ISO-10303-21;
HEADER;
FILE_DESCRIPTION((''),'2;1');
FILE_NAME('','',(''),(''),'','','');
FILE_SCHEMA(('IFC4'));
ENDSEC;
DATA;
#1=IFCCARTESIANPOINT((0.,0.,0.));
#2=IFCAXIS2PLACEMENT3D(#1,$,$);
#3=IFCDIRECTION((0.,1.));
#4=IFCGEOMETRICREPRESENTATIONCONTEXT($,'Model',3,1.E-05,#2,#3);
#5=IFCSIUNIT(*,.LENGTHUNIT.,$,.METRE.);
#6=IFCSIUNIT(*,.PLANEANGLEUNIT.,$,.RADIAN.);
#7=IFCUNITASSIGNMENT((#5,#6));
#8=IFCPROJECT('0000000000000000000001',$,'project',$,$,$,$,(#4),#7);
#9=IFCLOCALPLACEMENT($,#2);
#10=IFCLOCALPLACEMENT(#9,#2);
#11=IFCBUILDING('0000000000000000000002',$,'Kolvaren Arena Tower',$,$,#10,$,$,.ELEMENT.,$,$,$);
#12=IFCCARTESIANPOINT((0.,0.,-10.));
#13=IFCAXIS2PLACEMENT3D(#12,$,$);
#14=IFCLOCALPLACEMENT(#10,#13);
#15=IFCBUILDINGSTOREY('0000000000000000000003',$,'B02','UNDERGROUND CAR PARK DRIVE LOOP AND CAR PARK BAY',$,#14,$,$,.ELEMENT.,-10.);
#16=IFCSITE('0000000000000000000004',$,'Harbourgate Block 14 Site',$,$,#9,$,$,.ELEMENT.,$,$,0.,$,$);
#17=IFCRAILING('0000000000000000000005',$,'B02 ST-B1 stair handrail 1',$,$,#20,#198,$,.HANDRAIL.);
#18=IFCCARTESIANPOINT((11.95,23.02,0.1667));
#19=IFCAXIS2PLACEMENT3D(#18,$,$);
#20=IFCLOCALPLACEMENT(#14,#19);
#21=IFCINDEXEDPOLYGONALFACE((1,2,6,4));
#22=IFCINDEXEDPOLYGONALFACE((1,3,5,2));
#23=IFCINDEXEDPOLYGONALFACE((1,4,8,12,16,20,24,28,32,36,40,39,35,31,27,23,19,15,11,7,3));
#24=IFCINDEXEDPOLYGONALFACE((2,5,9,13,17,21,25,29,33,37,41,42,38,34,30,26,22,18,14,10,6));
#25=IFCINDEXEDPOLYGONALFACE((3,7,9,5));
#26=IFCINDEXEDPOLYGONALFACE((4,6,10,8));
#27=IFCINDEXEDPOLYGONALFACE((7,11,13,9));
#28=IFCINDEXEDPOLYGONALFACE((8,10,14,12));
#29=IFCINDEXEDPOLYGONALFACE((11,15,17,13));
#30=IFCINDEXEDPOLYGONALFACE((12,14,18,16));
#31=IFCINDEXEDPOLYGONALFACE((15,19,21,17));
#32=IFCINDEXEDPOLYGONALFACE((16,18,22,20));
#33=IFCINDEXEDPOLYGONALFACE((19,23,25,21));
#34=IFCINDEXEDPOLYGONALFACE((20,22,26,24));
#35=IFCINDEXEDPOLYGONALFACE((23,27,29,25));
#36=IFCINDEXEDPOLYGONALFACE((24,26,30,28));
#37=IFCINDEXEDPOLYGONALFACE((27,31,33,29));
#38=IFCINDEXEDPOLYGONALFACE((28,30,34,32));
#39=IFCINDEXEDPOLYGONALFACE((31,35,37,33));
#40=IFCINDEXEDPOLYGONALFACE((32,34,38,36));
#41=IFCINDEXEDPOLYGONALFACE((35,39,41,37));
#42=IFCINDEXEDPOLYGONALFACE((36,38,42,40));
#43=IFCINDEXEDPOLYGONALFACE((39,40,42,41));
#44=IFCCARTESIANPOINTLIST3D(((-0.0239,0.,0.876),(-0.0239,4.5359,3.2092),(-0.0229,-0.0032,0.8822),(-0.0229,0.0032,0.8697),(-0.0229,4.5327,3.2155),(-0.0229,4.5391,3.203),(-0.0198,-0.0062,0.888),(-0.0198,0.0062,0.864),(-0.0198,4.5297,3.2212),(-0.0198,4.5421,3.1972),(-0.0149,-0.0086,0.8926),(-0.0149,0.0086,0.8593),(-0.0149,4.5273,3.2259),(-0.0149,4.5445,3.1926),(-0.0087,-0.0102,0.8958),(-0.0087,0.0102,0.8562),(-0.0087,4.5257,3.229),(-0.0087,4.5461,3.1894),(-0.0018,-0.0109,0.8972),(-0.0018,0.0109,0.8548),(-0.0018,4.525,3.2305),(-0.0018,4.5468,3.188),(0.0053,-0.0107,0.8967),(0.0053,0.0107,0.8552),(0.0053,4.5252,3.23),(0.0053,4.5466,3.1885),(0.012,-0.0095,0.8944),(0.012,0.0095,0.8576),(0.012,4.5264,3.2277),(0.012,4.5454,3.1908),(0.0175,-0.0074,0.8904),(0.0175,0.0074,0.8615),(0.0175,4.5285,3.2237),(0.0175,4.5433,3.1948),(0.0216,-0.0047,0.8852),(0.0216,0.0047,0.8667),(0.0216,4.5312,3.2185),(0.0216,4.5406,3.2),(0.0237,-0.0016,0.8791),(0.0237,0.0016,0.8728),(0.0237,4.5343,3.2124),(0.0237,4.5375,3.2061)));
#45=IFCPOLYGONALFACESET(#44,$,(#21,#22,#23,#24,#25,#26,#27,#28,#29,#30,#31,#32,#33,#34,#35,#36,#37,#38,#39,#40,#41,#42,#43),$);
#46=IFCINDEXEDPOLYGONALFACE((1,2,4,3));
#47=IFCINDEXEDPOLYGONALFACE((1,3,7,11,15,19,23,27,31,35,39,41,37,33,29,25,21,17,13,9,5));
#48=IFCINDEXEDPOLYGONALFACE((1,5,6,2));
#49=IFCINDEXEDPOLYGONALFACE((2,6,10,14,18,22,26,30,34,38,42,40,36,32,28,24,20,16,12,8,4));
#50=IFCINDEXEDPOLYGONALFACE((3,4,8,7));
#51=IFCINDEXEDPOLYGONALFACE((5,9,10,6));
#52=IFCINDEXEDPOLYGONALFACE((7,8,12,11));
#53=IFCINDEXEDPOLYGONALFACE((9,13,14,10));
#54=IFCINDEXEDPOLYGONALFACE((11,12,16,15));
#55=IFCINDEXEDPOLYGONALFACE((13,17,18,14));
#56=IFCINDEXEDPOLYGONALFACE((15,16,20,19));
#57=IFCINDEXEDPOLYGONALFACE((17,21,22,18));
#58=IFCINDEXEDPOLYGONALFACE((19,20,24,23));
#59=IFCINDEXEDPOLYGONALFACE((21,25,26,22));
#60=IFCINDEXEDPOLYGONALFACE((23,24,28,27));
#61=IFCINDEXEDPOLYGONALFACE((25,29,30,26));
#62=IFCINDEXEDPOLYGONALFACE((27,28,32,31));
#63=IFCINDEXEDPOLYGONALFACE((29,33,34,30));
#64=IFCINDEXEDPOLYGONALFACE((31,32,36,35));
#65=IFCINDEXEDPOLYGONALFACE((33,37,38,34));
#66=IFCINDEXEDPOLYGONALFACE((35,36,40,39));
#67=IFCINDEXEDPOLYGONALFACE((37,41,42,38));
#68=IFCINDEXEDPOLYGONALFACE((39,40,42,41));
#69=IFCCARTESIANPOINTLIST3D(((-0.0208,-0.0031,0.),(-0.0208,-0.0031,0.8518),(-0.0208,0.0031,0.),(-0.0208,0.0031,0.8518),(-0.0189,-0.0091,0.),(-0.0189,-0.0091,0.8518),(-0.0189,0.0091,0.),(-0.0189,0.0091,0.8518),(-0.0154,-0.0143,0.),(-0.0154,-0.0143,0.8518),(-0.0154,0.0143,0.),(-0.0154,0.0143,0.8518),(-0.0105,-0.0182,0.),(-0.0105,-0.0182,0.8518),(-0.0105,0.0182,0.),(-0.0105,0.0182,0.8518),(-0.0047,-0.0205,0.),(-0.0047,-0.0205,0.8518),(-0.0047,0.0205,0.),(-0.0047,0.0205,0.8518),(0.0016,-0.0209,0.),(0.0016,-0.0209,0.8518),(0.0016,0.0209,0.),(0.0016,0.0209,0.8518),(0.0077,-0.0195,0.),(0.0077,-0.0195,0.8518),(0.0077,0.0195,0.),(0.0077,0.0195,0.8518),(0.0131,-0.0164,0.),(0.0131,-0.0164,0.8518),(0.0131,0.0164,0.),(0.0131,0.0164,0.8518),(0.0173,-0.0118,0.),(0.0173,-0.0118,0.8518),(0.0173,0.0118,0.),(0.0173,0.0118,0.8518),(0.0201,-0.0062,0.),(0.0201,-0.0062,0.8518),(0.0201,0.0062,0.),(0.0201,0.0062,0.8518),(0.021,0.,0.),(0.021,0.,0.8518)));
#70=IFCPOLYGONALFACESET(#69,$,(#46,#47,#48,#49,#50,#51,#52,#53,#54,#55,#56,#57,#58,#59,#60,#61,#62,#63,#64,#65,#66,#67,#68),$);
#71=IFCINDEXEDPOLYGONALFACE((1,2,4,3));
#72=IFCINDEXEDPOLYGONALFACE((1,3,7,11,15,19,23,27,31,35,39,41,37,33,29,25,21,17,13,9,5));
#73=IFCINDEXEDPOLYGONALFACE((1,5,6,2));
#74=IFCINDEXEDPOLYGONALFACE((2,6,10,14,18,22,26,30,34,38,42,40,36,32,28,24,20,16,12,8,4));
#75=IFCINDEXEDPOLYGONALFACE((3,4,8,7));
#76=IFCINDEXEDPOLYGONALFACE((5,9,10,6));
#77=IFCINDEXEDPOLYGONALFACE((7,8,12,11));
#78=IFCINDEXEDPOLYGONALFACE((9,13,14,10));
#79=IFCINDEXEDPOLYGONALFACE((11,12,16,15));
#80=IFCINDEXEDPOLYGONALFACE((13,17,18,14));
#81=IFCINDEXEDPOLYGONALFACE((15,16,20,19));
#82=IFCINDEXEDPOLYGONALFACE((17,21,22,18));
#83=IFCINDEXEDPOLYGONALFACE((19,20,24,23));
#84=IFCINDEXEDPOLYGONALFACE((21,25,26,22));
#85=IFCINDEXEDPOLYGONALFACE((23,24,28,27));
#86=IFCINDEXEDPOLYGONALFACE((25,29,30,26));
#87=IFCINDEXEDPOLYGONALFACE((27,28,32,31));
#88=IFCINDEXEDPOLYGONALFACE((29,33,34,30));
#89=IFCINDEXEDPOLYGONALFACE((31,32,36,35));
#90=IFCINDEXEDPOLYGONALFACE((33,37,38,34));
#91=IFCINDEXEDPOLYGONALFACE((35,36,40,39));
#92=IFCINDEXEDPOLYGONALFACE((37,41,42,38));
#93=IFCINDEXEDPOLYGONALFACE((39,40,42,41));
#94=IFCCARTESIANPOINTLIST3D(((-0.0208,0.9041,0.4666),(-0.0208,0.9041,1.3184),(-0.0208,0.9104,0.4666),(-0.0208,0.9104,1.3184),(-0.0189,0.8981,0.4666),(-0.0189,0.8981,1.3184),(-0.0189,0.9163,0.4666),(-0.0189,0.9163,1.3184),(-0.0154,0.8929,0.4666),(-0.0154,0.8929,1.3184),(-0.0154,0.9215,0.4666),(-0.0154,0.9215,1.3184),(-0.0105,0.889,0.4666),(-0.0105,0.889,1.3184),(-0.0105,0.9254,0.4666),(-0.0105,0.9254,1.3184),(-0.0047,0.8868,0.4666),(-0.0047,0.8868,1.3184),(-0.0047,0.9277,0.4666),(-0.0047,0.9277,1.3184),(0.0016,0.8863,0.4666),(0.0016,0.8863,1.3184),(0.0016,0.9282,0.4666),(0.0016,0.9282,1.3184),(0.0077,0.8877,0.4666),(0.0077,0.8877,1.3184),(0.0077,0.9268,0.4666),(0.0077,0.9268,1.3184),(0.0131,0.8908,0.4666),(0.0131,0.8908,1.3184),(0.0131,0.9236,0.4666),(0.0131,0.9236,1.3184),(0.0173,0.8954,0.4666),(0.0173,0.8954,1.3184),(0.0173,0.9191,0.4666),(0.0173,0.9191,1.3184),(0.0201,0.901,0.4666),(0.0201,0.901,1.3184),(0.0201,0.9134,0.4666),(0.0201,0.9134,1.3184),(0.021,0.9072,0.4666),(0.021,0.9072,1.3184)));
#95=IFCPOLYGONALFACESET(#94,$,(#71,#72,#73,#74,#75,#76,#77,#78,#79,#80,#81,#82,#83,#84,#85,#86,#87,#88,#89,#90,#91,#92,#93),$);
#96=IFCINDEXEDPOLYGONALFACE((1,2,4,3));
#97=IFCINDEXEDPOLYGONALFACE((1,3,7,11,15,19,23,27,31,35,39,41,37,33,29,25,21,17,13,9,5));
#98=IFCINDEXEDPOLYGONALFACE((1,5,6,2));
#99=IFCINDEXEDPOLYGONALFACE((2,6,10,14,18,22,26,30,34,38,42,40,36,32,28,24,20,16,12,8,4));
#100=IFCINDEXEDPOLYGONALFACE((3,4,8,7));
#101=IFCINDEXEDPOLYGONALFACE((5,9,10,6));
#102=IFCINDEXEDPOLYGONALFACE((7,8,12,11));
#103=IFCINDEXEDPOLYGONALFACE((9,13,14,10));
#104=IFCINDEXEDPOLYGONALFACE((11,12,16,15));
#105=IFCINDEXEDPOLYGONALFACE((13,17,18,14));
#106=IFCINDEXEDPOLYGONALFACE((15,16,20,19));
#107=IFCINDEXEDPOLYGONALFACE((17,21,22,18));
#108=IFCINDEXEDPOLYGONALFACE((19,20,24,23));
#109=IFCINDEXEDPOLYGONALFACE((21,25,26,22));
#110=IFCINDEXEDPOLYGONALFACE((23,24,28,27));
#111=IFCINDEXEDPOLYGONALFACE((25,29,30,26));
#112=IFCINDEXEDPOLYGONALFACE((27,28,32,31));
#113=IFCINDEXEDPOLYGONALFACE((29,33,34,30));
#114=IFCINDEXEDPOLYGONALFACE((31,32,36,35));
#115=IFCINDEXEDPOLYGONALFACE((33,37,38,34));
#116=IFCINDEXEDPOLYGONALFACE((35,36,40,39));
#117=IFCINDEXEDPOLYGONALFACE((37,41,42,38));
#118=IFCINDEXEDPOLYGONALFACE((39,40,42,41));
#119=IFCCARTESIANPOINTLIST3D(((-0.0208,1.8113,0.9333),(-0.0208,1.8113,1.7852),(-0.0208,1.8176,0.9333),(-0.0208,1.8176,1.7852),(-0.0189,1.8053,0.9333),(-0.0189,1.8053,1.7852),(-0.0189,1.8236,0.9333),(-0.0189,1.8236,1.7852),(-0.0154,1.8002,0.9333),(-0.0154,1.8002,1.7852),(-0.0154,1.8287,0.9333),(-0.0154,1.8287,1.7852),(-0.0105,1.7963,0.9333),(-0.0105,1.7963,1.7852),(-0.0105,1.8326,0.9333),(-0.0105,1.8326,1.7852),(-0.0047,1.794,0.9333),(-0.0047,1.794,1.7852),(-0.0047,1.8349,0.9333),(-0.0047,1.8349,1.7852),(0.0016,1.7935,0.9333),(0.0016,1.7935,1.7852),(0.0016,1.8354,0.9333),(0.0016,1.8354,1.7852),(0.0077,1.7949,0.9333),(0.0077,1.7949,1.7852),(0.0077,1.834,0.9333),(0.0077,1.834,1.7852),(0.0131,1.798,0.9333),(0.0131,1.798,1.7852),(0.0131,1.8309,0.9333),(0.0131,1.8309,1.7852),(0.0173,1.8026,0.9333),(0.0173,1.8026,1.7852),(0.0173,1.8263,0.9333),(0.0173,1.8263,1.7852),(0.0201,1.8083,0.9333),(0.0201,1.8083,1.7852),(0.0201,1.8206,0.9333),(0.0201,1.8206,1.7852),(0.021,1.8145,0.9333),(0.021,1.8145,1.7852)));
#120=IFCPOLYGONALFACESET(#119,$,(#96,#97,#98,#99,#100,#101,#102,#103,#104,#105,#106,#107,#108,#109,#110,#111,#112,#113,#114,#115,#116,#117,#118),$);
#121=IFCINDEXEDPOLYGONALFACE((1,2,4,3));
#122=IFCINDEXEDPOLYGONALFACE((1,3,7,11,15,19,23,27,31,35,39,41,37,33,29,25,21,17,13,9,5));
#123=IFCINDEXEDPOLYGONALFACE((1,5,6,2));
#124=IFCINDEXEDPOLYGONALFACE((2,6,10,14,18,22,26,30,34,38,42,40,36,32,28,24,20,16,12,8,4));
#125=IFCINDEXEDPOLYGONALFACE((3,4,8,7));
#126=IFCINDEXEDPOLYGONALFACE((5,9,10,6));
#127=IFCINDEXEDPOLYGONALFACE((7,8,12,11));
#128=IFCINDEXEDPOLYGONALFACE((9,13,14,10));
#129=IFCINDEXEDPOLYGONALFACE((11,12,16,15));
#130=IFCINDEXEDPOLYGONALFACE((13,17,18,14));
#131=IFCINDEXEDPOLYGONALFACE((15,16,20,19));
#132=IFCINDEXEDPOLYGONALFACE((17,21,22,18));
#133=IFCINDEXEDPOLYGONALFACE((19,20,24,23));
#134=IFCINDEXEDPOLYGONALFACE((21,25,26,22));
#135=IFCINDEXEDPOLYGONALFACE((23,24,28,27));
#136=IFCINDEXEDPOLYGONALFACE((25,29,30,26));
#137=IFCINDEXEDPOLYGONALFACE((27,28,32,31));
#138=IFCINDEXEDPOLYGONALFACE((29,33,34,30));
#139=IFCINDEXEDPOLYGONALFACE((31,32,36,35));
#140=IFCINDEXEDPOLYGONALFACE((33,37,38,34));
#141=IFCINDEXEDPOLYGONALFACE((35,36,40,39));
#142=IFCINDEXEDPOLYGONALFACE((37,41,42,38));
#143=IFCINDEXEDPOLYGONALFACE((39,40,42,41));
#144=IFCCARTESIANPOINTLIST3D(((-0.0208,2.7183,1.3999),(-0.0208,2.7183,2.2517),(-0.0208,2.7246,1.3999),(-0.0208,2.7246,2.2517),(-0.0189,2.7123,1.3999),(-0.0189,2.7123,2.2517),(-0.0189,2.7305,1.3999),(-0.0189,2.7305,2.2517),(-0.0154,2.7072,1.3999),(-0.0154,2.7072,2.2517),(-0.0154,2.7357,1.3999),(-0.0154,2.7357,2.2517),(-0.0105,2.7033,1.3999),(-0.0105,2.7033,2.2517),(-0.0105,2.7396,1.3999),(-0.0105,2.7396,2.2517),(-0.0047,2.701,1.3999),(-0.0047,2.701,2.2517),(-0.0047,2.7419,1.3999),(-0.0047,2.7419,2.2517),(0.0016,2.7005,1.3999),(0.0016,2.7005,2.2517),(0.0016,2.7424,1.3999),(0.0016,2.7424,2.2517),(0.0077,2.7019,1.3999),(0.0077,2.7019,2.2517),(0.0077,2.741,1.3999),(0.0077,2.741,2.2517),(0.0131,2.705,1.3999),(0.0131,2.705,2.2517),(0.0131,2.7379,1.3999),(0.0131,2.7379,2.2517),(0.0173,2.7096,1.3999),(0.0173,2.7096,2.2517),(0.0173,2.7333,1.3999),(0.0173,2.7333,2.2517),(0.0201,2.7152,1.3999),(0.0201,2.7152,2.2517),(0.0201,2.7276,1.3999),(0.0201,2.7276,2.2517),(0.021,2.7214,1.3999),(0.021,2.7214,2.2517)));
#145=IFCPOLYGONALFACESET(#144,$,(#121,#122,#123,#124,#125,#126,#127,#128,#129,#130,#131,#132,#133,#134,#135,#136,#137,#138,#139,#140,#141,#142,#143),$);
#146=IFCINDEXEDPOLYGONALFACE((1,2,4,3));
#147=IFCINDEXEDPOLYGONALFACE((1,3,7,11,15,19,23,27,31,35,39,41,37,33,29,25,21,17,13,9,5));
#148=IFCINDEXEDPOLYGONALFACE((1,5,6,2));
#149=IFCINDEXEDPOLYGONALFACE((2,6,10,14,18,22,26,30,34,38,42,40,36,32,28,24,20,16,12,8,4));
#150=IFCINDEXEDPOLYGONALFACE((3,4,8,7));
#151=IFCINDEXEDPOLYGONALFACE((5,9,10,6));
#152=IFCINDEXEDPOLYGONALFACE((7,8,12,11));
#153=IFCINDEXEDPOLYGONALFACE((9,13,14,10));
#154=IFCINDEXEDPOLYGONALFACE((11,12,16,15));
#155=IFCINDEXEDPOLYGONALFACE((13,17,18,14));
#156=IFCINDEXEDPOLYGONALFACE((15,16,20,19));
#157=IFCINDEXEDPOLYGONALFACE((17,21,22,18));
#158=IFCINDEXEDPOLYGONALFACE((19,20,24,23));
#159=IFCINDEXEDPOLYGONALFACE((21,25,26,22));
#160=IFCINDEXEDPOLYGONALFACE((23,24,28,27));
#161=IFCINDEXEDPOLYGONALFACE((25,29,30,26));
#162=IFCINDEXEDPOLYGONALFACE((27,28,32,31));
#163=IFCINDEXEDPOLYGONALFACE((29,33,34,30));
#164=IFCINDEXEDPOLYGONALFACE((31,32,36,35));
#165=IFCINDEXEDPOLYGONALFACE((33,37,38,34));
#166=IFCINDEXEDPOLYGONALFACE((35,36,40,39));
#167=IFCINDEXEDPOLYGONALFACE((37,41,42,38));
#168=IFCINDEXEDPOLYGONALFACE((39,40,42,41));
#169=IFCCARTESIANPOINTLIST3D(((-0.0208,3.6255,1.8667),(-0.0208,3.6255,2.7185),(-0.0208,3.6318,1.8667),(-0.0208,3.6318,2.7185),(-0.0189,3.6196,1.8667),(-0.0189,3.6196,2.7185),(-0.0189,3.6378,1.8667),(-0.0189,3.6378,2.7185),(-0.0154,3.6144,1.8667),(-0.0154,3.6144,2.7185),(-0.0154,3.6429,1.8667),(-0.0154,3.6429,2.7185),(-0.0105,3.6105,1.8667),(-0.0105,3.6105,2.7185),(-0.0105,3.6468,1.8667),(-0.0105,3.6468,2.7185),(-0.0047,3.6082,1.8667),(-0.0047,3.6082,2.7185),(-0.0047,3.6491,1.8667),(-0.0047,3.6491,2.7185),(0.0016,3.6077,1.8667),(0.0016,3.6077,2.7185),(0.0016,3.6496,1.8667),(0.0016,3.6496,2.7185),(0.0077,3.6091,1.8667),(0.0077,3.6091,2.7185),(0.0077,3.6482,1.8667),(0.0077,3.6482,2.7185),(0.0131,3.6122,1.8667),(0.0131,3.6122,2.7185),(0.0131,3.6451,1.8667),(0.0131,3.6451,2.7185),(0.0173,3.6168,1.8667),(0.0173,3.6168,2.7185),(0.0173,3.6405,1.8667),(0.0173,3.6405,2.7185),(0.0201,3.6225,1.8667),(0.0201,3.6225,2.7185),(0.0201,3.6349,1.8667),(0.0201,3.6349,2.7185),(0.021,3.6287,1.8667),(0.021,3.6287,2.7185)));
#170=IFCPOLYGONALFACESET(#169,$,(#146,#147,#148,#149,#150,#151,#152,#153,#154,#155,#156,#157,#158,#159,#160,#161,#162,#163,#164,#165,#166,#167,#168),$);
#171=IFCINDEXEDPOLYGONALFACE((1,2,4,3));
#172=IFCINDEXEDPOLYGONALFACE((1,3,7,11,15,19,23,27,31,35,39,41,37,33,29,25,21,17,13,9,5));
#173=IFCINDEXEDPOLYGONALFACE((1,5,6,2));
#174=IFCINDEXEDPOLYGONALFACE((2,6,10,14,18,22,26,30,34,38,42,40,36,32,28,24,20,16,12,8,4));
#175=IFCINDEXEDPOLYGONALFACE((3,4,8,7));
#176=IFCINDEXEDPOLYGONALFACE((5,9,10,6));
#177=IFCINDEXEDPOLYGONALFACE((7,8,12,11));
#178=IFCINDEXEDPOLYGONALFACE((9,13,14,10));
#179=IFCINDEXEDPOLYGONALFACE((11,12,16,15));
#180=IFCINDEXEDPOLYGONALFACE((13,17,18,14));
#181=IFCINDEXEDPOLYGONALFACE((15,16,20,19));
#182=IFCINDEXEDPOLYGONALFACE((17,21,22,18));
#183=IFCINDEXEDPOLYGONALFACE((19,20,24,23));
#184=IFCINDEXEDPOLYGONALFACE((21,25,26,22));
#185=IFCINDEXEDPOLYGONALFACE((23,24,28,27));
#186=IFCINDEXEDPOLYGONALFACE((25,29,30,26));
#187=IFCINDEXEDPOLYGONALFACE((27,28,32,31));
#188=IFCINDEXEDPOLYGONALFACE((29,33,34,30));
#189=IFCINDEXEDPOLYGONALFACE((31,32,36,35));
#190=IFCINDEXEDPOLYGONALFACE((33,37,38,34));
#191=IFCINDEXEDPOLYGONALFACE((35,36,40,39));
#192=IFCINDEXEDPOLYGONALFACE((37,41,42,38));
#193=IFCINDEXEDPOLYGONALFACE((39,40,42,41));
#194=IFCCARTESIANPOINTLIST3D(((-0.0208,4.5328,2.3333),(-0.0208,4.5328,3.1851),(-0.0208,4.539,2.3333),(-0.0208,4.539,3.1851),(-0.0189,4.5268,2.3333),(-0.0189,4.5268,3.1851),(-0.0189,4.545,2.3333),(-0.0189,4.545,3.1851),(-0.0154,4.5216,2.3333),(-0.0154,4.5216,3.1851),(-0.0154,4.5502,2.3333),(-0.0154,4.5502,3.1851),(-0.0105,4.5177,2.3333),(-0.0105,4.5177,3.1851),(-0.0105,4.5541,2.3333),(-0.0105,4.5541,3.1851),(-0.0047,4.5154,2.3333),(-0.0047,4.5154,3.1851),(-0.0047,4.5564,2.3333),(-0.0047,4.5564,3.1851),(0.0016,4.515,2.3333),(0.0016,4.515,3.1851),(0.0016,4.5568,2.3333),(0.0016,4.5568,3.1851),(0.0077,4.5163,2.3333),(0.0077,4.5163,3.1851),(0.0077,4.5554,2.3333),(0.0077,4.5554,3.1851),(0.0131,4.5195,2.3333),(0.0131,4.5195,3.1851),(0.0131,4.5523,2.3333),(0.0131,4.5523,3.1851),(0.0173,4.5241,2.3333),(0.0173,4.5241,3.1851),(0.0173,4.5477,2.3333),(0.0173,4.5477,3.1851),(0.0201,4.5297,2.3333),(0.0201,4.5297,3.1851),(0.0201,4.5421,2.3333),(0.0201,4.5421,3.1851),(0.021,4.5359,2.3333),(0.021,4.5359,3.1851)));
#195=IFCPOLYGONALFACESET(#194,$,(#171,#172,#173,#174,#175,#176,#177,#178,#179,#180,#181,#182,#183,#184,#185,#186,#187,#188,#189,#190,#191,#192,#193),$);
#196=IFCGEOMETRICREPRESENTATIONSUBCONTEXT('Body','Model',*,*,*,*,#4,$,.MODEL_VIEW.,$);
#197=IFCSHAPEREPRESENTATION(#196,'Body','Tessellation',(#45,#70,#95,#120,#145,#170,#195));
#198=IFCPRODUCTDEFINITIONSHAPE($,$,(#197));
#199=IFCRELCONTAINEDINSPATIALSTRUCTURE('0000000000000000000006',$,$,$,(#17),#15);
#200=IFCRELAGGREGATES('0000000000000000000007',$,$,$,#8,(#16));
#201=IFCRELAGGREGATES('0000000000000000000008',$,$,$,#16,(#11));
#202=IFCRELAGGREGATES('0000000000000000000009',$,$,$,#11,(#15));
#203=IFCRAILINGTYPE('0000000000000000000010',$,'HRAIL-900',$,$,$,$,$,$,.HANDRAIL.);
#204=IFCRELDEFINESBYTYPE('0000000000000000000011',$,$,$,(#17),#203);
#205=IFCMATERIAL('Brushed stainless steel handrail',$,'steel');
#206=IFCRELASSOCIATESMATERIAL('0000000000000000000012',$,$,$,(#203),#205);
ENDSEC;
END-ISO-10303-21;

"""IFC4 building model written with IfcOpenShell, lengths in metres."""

from ifc_helpers import new_model, si_unit, direction, frame, origin, origin_2d, place, context, subcontext, project, spatial, circle, extrude, material, type_object, element, save


model = new_model("IFC4")

# Units and contexts
model_context = context("Model", 3, precision=1e-05, world=origin(), true_north=direction((0.0, 1.0)))
body_context = subcontext(model_context, "Body", "Model", "MODEL_VIEW")
ifc_project = project(units=[si_unit("LENGTHUNIT", "METRE"), si_unit("PLANEANGLEUNIT", "RADIAN")], contexts=[model_context])

# Site, building, storey
site_placement = place(None, origin())
site = spatial("IfcSite", under=ifc_project, at=site_placement, Name="Harbourgate Block 14 Site", CompositionType="ELEMENT", RefElevation=0.0)
building_placement = place(site_placement, origin())
building = spatial("IfcBuilding", under=site, at=building_placement, Name="Kolvaren Arena Tower", CompositionType="ELEMENT")
storey_placement = place(building_placement, frame((0.0, 0.0, -10.0)))
storey = spatial("IfcBuildingStorey", under=building, at=storey_placement, Name="B02", Description="UNDERGROUND CAR PARK DRIVE LOOP AND CAR PARK BAY", CompositionType="ELEMENT", Elevation=-10.0)

# Railing
ifc_material_1 = material(Name="Brushed stainless steel handrail", Category="steel")
railing_type_1 = type_object("IfcRailingType", Name="HRAIL-900", PredefinedType="HANDRAIL", material=ifc_material_1)
railing_1_placement = place(storey_placement, frame((11.95, 23.02, 0.1667)))
element("IfcRailing", 1, at=railing_1_placement, inside=storey, type_object=railing_type_1, Name="B02 ST-B1 stair handrail 1", PredefinedType="HANDRAIL", context=body_context, shape_type="SweptSolid", body=[
    extrude(circle(Radius=0.0239, at=origin_2d()), frame((0.0, 0.0, 0.876), z_axis=(0.0, 0.889247, 0.457427), x_axis=(-1.0, 0.0, 0.0)), (0.0, 0.0, 1.0), 5.1008),
    extrude(circle(Radius=0.021, at=origin_2d()), origin(), (0.0, 0.0, 1.0), 0.8518),
    extrude(circle(Radius=0.021, at=origin_2d()), frame((0.0, 0.9072, 0.4666)), (0.0, 0.0, 1.0), 0.8518),
    extrude(circle(Radius=0.021, at=origin_2d()), frame((0.0, 1.8145, 0.9333)), (0.0, 0.0, 1.0), 0.8518),
    extrude(circle(Radius=0.021, at=origin_2d()), frame((0.0, 2.7214, 1.3999)), (0.0, 0.0, 1.0), 0.8518),
    extrude(circle(Radius=0.021, at=origin_2d()), frame((0.0, 3.6287, 1.8667)), (0.0, 0.0, 1.0), 0.8518),
    extrude(circle(Radius=0.021, at=origin_2d()), frame((0.0, 4.5359, 2.3333)), (0.0, 0.0, 1.0), 0.8518),
])

save(model, "model.ifc")
